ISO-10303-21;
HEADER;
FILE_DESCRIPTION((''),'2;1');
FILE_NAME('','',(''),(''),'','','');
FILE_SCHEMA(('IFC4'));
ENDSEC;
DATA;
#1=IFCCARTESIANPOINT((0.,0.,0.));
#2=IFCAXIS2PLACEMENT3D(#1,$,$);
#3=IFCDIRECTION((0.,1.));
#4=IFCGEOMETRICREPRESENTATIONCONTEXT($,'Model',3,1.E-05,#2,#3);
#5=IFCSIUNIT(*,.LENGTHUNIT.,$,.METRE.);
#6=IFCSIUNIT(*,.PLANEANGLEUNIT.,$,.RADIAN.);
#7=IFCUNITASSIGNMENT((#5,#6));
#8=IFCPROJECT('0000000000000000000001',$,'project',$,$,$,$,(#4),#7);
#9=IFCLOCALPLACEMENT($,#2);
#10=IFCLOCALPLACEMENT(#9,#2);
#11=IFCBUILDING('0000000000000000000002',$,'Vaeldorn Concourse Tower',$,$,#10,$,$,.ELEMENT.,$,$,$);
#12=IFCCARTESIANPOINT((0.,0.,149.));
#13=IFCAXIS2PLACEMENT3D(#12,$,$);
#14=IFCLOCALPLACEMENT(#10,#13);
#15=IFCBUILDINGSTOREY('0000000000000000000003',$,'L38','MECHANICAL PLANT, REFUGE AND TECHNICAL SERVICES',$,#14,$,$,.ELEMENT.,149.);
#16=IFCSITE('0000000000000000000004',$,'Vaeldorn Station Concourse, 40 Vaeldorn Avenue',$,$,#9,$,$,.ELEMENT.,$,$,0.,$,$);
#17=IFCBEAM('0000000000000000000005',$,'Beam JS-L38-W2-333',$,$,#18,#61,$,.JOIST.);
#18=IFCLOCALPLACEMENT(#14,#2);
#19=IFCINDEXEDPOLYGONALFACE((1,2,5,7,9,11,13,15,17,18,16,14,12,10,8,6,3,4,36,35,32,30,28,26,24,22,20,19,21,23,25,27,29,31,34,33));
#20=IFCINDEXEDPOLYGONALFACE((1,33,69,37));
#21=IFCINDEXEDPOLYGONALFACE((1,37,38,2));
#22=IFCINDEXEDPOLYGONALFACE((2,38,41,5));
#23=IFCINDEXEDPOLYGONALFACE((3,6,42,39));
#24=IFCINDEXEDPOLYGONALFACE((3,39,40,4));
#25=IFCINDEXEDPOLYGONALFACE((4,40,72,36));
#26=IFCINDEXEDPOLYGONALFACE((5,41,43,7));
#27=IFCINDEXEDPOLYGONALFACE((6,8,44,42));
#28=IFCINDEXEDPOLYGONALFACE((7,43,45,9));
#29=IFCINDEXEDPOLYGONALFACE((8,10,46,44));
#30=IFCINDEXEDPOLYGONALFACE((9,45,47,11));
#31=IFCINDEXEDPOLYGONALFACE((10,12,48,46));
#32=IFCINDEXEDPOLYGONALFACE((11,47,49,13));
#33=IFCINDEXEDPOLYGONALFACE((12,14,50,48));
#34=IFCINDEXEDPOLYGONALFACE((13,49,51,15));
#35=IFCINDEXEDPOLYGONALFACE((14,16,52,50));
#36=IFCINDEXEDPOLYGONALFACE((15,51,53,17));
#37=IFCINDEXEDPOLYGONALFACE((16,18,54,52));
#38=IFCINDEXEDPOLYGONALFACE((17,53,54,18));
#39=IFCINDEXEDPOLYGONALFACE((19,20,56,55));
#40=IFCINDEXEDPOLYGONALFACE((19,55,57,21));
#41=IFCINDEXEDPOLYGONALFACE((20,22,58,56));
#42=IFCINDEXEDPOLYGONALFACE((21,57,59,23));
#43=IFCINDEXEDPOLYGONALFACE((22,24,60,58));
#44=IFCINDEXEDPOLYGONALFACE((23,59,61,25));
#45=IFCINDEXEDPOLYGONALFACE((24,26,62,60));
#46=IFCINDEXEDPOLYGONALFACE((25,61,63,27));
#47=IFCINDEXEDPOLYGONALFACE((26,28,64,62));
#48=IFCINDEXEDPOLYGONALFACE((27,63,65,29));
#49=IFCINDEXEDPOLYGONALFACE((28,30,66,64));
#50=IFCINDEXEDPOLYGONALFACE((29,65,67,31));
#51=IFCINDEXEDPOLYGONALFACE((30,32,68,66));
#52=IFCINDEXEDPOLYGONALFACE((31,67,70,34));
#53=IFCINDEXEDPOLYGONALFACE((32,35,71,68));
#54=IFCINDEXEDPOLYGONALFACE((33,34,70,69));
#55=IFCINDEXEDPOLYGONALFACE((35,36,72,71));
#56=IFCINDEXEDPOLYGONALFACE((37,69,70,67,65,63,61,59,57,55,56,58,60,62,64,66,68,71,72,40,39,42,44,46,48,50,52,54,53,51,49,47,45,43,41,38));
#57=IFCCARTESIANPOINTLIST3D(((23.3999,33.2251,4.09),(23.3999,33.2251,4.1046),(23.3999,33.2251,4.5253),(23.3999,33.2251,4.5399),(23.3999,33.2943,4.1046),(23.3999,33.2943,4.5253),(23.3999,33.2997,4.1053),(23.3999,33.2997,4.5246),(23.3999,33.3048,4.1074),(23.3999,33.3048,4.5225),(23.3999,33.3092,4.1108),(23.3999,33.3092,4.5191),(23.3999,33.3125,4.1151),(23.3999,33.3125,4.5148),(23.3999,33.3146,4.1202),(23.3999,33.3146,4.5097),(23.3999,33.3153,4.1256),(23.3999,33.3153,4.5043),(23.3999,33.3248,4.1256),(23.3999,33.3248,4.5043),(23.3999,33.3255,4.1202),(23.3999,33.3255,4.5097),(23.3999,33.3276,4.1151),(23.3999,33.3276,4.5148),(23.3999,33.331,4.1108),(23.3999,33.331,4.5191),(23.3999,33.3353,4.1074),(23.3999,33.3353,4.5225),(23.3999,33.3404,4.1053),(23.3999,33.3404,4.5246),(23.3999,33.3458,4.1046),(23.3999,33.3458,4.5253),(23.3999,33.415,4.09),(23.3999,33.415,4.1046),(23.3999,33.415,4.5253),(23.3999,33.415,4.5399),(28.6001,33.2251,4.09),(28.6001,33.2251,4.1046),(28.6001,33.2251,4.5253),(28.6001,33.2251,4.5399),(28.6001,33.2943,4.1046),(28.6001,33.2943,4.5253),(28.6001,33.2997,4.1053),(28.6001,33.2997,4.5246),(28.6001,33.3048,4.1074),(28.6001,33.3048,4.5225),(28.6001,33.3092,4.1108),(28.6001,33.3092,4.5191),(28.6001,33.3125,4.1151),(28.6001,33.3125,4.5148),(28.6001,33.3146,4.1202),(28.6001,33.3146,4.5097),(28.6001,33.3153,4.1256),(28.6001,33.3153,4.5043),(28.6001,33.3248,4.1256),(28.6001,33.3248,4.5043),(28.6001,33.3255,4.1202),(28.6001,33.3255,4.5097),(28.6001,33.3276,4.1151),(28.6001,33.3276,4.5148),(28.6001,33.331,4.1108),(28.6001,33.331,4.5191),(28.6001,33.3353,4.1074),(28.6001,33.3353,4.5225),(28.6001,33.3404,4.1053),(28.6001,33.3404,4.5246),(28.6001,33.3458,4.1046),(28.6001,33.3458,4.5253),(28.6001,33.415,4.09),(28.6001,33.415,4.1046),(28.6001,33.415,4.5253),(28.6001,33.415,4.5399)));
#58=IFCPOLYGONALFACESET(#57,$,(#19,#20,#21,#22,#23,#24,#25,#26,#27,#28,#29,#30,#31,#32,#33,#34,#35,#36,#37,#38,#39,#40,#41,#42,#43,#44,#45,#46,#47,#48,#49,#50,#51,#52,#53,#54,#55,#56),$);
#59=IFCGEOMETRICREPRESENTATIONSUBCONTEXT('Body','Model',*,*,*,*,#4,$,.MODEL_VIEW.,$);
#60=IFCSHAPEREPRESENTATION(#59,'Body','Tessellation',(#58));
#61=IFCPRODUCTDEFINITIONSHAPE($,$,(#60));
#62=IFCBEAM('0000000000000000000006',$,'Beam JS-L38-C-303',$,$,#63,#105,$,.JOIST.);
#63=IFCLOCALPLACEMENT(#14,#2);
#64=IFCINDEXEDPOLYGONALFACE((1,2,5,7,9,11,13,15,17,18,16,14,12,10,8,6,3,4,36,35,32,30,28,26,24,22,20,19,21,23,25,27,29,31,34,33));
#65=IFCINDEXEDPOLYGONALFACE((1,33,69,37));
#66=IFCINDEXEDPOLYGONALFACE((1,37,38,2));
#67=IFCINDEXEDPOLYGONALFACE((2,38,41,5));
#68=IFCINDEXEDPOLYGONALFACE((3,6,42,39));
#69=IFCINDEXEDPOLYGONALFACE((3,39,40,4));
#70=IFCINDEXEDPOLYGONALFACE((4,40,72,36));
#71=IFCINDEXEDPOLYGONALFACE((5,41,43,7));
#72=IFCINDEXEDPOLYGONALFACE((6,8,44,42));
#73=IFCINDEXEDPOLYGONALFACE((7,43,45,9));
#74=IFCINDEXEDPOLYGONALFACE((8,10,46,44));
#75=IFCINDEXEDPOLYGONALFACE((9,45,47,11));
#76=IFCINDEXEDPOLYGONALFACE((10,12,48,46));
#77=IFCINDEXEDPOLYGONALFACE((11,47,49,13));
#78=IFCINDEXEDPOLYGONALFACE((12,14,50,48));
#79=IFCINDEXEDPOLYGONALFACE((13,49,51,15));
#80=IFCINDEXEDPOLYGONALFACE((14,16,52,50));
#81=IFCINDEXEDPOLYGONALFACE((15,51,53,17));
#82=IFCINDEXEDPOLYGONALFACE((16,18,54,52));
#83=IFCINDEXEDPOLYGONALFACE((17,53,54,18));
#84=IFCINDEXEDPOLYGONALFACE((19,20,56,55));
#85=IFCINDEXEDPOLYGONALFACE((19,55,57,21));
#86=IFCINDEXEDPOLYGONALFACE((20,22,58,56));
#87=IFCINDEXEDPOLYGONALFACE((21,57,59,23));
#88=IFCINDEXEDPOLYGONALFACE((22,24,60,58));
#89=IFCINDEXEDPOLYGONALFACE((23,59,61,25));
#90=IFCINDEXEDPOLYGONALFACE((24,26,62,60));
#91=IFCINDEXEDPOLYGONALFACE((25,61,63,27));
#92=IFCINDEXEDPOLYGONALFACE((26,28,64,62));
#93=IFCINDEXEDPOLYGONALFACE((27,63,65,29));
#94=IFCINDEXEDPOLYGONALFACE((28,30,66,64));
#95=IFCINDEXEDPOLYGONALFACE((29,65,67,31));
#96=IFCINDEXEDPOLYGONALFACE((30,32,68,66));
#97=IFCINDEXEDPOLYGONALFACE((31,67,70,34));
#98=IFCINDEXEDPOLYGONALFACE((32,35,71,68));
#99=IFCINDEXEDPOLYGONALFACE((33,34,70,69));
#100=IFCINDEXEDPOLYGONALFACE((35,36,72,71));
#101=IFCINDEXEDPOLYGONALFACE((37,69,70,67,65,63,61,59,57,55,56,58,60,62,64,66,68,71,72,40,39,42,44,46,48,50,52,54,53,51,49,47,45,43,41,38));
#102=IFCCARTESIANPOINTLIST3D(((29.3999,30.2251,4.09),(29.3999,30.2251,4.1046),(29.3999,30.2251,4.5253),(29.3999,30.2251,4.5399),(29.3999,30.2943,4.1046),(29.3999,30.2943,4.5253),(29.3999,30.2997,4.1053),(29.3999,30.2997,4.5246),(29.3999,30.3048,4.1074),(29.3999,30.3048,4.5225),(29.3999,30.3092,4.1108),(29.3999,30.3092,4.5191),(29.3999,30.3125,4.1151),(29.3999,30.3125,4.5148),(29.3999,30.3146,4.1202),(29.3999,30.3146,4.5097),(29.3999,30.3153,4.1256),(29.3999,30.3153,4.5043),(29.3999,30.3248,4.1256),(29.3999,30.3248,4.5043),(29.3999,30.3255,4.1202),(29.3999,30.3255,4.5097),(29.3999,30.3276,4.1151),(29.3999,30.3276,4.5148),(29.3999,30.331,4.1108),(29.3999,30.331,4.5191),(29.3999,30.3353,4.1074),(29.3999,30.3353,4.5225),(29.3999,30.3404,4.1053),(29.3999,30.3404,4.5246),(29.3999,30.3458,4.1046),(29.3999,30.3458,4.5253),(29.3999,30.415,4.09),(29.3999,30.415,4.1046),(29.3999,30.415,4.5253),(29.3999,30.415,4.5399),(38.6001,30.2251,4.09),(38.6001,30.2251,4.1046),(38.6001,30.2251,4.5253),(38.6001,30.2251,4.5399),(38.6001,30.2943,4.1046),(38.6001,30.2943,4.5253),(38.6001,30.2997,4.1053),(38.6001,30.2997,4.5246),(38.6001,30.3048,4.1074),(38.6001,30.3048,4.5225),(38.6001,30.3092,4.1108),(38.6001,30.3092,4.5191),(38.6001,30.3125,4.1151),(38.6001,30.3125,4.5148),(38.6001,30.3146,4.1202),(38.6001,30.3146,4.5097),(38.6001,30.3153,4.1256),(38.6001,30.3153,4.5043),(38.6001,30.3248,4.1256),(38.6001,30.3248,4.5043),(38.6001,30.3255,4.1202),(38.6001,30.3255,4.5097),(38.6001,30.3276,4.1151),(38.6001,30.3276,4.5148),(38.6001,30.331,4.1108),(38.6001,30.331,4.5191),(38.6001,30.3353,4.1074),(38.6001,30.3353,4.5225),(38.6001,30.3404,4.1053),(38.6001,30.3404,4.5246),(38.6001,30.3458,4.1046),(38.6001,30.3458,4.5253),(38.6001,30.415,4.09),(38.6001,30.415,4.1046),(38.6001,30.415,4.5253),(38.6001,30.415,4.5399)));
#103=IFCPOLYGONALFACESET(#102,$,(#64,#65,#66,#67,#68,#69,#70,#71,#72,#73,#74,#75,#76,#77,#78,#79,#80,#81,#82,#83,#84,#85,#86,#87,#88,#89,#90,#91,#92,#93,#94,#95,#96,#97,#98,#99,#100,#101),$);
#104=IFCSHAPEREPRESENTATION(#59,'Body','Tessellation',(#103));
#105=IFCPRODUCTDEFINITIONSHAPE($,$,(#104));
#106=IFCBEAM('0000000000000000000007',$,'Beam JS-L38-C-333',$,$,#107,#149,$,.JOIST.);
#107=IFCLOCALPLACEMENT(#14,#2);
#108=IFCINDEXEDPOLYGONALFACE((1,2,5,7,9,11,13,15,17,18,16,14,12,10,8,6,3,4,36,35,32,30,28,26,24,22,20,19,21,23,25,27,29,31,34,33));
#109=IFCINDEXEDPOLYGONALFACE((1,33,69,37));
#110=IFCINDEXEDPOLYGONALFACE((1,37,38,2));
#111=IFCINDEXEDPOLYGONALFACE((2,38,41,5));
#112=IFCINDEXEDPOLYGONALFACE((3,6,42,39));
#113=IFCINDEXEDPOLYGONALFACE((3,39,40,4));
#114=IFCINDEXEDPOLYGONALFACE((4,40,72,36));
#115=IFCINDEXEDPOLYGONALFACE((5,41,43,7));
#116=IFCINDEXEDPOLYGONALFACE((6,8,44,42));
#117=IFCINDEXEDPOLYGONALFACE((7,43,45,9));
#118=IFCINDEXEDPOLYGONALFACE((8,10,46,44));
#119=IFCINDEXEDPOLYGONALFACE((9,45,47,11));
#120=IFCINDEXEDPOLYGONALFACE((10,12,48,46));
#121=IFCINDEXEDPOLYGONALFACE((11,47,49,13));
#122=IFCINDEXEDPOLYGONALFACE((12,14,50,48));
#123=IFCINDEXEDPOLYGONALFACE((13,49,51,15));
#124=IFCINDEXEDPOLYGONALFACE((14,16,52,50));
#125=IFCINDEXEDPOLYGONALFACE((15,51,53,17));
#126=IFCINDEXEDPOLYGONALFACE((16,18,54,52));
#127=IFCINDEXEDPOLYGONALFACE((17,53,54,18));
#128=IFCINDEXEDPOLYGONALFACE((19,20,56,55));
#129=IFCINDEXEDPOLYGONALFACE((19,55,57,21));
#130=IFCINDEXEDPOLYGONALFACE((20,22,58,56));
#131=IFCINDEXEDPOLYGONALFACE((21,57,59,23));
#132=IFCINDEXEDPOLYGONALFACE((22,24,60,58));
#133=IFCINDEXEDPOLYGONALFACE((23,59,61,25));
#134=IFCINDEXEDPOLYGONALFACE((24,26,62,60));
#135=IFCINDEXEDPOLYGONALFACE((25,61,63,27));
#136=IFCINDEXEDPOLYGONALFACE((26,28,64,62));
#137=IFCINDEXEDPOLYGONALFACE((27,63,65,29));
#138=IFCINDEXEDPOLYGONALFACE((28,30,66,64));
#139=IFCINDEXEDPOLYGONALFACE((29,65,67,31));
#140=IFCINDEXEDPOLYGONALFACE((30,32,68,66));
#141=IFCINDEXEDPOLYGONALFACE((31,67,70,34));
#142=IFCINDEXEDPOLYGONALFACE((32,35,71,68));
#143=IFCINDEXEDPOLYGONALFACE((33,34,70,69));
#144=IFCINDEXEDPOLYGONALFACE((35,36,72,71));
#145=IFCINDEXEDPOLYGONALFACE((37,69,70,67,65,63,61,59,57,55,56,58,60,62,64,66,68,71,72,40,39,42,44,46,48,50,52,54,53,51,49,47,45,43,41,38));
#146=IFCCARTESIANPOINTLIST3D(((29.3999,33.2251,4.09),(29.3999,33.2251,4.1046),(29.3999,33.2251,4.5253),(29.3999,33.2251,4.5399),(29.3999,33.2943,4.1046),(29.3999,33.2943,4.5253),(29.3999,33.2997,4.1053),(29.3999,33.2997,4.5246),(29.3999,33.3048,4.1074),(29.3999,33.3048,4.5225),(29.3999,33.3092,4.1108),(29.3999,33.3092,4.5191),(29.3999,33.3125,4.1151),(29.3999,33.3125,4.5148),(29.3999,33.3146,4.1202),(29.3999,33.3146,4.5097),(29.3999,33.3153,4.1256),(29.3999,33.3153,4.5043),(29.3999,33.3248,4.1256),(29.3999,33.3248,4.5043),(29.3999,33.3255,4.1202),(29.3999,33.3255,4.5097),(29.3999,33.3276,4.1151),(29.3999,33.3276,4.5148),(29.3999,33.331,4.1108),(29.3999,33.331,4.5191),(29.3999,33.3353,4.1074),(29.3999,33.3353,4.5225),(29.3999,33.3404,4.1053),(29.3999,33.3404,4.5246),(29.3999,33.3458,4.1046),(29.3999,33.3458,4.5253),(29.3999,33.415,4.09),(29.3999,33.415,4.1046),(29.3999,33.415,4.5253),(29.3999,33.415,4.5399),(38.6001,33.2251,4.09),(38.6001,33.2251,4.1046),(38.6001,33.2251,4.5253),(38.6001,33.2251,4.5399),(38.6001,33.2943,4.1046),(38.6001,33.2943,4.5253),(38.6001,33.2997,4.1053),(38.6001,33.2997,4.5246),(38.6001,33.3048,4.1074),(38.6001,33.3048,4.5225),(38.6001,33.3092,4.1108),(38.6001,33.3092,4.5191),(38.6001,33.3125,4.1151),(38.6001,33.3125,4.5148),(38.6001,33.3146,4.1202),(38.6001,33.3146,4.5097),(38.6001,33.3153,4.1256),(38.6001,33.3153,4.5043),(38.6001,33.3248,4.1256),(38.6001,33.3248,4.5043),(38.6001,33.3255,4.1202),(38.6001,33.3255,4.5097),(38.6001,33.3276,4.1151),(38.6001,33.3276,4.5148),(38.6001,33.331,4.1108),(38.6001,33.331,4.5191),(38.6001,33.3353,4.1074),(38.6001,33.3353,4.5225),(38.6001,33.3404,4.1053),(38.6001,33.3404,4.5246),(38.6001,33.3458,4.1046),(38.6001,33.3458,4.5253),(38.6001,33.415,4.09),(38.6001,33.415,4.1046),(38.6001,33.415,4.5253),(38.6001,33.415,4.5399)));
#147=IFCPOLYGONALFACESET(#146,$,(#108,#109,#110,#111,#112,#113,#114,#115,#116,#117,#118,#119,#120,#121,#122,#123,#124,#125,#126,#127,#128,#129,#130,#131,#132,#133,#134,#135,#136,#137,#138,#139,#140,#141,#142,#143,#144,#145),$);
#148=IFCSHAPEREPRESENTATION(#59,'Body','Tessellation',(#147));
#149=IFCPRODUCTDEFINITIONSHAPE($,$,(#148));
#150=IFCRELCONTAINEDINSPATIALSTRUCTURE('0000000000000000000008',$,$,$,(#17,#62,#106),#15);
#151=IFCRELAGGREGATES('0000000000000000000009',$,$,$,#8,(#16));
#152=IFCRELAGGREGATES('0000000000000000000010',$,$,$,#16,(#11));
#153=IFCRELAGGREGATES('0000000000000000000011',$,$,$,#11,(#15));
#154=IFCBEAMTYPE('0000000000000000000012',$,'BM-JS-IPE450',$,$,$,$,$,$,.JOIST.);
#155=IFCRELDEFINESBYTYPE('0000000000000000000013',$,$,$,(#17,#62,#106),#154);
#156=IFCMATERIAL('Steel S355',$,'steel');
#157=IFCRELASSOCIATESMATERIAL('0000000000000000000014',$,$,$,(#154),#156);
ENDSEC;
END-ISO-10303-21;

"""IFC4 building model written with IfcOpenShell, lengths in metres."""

from ifc_helpers import new_model, si_unit, direction, frame, origin, origin_2d, place, context, subcontext, project, spatial, i_section, extrude, source, transform, mapped, material, material_profile, profile_set, type_object, element, save


model = new_model("IFC4")

# Units and contexts
model_context = context("Model", 3, precision=1e-05, world=origin(), true_north=direction((0.0, 1.0)))
body_context = subcontext(model_context, "Body", "Model", "MODEL_VIEW")
ifc_project = project(units=[si_unit("LENGTHUNIT", "METRE"), si_unit("PLANEANGLEUNIT", "RADIAN")], contexts=[model_context])

# Site, building, storey
site_placement = place(None, origin())
site = spatial("IfcSite", under=ifc_project, at=site_placement, Name="Vaeldorn Station Concourse, 40 Vaeldorn Avenue", CompositionType="ELEMENT", RefElevation=0.0)
building_placement = place(site_placement, origin())
building = spatial("IfcBuilding", under=site, at=building_placement, Name="Vaeldorn Concourse Tower", CompositionType="ELEMENT")
storey_placement = place(building_placement, frame((0.0, 0.0, 149.0)))
storey = spatial("IfcBuildingStorey", under=building, at=storey_placement, Name="L38", Description="MECHANICAL PLANT, REFUGE AND TECHNICAL SERVICES", CompositionType="ELEMENT", Elevation=149.0)

# Beams
ifc_material_1 = material(Name="Steel S355", Category="steel")
ifc_material_profile_1 = material_profile(ifc_material_1, i_section(OverallWidth=0.1899, OverallDepth=0.45, WebThickness=0.0095, FlangeThickness=0.0146, FilletRadius=0.021, at=origin_2d()), Name="IPE 450")
ifc_profile_set_1 = profile_set([ifc_material_profile_1], Name="Steel S355")
beam_type_1 = type_object("IfcBeamType", Name="BM-JS-IPE450", PredefinedType="JOIST", material=ifc_profile_set_1)
shared_shape_1 = source(origin(), body_context, "Body", "SweptSolid", [
    extrude(i_section(OverallWidth=0.1899, OverallDepth=0.45, WebThickness=0.0095, FlangeThickness=0.0146, FilletRadius=0.021, at=origin_2d()), origin(), (0.0, 0.0, 1.0), 5.2002),
])
for number, where, z_axis, x_axis, name in (
    (1, (23.3999, 33.3201, 4.3149), (1.0, 0.0, 0.0), (0.0, 1.0, 0.0), "Beam JS-L38-W2-333"),
):
    element("IfcBeam", number, at=place(storey_placement, frame(where, z_axis=z_axis, x_axis=x_axis)), inside=storey, type_object=beam_type_1, Name=name, PredefinedType="JOIST", context=body_context, shape_type="MappedRepresentation", body=[
        mapped(shared_shape_1, transform((0.0, 0.0, 0.0), scale=1.0)),
    ])
shared_shape_2 = source(origin(), body_context, "Body", "SweptSolid", [
    extrude(i_section(OverallWidth=0.1899, OverallDepth=0.45, WebThickness=0.0095, FlangeThickness=0.0146, FilletRadius=0.021, at=origin_2d()), origin(), (0.0, 0.0, 1.0), 9.2002),
])
for number, where, z_axis, x_axis, name in (
    (2, (29.3999, 30.3201, 4.3149), (1.0, 0.0, 0.0), (0.0, 1.0, 0.0), "Beam JS-L38-C-303"),
    (3, (29.3999, 33.3201, 4.3149), (1.0, 0.0, 0.0), (0.0, 1.0, 0.0), "Beam JS-L38-C-333"),
):
    element("IfcBeam", number, at=place(storey_placement, frame(where, z_axis=z_axis, x_axis=x_axis)), inside=storey, type_object=beam_type_1, Name=name, PredefinedType="JOIST", context=body_context, shape_type="MappedRepresentation", body=[
        mapped(shared_shape_2, transform((0.0, 0.0, 0.0), scale=1.0)),
    ])

save(model, "model.ifc")
